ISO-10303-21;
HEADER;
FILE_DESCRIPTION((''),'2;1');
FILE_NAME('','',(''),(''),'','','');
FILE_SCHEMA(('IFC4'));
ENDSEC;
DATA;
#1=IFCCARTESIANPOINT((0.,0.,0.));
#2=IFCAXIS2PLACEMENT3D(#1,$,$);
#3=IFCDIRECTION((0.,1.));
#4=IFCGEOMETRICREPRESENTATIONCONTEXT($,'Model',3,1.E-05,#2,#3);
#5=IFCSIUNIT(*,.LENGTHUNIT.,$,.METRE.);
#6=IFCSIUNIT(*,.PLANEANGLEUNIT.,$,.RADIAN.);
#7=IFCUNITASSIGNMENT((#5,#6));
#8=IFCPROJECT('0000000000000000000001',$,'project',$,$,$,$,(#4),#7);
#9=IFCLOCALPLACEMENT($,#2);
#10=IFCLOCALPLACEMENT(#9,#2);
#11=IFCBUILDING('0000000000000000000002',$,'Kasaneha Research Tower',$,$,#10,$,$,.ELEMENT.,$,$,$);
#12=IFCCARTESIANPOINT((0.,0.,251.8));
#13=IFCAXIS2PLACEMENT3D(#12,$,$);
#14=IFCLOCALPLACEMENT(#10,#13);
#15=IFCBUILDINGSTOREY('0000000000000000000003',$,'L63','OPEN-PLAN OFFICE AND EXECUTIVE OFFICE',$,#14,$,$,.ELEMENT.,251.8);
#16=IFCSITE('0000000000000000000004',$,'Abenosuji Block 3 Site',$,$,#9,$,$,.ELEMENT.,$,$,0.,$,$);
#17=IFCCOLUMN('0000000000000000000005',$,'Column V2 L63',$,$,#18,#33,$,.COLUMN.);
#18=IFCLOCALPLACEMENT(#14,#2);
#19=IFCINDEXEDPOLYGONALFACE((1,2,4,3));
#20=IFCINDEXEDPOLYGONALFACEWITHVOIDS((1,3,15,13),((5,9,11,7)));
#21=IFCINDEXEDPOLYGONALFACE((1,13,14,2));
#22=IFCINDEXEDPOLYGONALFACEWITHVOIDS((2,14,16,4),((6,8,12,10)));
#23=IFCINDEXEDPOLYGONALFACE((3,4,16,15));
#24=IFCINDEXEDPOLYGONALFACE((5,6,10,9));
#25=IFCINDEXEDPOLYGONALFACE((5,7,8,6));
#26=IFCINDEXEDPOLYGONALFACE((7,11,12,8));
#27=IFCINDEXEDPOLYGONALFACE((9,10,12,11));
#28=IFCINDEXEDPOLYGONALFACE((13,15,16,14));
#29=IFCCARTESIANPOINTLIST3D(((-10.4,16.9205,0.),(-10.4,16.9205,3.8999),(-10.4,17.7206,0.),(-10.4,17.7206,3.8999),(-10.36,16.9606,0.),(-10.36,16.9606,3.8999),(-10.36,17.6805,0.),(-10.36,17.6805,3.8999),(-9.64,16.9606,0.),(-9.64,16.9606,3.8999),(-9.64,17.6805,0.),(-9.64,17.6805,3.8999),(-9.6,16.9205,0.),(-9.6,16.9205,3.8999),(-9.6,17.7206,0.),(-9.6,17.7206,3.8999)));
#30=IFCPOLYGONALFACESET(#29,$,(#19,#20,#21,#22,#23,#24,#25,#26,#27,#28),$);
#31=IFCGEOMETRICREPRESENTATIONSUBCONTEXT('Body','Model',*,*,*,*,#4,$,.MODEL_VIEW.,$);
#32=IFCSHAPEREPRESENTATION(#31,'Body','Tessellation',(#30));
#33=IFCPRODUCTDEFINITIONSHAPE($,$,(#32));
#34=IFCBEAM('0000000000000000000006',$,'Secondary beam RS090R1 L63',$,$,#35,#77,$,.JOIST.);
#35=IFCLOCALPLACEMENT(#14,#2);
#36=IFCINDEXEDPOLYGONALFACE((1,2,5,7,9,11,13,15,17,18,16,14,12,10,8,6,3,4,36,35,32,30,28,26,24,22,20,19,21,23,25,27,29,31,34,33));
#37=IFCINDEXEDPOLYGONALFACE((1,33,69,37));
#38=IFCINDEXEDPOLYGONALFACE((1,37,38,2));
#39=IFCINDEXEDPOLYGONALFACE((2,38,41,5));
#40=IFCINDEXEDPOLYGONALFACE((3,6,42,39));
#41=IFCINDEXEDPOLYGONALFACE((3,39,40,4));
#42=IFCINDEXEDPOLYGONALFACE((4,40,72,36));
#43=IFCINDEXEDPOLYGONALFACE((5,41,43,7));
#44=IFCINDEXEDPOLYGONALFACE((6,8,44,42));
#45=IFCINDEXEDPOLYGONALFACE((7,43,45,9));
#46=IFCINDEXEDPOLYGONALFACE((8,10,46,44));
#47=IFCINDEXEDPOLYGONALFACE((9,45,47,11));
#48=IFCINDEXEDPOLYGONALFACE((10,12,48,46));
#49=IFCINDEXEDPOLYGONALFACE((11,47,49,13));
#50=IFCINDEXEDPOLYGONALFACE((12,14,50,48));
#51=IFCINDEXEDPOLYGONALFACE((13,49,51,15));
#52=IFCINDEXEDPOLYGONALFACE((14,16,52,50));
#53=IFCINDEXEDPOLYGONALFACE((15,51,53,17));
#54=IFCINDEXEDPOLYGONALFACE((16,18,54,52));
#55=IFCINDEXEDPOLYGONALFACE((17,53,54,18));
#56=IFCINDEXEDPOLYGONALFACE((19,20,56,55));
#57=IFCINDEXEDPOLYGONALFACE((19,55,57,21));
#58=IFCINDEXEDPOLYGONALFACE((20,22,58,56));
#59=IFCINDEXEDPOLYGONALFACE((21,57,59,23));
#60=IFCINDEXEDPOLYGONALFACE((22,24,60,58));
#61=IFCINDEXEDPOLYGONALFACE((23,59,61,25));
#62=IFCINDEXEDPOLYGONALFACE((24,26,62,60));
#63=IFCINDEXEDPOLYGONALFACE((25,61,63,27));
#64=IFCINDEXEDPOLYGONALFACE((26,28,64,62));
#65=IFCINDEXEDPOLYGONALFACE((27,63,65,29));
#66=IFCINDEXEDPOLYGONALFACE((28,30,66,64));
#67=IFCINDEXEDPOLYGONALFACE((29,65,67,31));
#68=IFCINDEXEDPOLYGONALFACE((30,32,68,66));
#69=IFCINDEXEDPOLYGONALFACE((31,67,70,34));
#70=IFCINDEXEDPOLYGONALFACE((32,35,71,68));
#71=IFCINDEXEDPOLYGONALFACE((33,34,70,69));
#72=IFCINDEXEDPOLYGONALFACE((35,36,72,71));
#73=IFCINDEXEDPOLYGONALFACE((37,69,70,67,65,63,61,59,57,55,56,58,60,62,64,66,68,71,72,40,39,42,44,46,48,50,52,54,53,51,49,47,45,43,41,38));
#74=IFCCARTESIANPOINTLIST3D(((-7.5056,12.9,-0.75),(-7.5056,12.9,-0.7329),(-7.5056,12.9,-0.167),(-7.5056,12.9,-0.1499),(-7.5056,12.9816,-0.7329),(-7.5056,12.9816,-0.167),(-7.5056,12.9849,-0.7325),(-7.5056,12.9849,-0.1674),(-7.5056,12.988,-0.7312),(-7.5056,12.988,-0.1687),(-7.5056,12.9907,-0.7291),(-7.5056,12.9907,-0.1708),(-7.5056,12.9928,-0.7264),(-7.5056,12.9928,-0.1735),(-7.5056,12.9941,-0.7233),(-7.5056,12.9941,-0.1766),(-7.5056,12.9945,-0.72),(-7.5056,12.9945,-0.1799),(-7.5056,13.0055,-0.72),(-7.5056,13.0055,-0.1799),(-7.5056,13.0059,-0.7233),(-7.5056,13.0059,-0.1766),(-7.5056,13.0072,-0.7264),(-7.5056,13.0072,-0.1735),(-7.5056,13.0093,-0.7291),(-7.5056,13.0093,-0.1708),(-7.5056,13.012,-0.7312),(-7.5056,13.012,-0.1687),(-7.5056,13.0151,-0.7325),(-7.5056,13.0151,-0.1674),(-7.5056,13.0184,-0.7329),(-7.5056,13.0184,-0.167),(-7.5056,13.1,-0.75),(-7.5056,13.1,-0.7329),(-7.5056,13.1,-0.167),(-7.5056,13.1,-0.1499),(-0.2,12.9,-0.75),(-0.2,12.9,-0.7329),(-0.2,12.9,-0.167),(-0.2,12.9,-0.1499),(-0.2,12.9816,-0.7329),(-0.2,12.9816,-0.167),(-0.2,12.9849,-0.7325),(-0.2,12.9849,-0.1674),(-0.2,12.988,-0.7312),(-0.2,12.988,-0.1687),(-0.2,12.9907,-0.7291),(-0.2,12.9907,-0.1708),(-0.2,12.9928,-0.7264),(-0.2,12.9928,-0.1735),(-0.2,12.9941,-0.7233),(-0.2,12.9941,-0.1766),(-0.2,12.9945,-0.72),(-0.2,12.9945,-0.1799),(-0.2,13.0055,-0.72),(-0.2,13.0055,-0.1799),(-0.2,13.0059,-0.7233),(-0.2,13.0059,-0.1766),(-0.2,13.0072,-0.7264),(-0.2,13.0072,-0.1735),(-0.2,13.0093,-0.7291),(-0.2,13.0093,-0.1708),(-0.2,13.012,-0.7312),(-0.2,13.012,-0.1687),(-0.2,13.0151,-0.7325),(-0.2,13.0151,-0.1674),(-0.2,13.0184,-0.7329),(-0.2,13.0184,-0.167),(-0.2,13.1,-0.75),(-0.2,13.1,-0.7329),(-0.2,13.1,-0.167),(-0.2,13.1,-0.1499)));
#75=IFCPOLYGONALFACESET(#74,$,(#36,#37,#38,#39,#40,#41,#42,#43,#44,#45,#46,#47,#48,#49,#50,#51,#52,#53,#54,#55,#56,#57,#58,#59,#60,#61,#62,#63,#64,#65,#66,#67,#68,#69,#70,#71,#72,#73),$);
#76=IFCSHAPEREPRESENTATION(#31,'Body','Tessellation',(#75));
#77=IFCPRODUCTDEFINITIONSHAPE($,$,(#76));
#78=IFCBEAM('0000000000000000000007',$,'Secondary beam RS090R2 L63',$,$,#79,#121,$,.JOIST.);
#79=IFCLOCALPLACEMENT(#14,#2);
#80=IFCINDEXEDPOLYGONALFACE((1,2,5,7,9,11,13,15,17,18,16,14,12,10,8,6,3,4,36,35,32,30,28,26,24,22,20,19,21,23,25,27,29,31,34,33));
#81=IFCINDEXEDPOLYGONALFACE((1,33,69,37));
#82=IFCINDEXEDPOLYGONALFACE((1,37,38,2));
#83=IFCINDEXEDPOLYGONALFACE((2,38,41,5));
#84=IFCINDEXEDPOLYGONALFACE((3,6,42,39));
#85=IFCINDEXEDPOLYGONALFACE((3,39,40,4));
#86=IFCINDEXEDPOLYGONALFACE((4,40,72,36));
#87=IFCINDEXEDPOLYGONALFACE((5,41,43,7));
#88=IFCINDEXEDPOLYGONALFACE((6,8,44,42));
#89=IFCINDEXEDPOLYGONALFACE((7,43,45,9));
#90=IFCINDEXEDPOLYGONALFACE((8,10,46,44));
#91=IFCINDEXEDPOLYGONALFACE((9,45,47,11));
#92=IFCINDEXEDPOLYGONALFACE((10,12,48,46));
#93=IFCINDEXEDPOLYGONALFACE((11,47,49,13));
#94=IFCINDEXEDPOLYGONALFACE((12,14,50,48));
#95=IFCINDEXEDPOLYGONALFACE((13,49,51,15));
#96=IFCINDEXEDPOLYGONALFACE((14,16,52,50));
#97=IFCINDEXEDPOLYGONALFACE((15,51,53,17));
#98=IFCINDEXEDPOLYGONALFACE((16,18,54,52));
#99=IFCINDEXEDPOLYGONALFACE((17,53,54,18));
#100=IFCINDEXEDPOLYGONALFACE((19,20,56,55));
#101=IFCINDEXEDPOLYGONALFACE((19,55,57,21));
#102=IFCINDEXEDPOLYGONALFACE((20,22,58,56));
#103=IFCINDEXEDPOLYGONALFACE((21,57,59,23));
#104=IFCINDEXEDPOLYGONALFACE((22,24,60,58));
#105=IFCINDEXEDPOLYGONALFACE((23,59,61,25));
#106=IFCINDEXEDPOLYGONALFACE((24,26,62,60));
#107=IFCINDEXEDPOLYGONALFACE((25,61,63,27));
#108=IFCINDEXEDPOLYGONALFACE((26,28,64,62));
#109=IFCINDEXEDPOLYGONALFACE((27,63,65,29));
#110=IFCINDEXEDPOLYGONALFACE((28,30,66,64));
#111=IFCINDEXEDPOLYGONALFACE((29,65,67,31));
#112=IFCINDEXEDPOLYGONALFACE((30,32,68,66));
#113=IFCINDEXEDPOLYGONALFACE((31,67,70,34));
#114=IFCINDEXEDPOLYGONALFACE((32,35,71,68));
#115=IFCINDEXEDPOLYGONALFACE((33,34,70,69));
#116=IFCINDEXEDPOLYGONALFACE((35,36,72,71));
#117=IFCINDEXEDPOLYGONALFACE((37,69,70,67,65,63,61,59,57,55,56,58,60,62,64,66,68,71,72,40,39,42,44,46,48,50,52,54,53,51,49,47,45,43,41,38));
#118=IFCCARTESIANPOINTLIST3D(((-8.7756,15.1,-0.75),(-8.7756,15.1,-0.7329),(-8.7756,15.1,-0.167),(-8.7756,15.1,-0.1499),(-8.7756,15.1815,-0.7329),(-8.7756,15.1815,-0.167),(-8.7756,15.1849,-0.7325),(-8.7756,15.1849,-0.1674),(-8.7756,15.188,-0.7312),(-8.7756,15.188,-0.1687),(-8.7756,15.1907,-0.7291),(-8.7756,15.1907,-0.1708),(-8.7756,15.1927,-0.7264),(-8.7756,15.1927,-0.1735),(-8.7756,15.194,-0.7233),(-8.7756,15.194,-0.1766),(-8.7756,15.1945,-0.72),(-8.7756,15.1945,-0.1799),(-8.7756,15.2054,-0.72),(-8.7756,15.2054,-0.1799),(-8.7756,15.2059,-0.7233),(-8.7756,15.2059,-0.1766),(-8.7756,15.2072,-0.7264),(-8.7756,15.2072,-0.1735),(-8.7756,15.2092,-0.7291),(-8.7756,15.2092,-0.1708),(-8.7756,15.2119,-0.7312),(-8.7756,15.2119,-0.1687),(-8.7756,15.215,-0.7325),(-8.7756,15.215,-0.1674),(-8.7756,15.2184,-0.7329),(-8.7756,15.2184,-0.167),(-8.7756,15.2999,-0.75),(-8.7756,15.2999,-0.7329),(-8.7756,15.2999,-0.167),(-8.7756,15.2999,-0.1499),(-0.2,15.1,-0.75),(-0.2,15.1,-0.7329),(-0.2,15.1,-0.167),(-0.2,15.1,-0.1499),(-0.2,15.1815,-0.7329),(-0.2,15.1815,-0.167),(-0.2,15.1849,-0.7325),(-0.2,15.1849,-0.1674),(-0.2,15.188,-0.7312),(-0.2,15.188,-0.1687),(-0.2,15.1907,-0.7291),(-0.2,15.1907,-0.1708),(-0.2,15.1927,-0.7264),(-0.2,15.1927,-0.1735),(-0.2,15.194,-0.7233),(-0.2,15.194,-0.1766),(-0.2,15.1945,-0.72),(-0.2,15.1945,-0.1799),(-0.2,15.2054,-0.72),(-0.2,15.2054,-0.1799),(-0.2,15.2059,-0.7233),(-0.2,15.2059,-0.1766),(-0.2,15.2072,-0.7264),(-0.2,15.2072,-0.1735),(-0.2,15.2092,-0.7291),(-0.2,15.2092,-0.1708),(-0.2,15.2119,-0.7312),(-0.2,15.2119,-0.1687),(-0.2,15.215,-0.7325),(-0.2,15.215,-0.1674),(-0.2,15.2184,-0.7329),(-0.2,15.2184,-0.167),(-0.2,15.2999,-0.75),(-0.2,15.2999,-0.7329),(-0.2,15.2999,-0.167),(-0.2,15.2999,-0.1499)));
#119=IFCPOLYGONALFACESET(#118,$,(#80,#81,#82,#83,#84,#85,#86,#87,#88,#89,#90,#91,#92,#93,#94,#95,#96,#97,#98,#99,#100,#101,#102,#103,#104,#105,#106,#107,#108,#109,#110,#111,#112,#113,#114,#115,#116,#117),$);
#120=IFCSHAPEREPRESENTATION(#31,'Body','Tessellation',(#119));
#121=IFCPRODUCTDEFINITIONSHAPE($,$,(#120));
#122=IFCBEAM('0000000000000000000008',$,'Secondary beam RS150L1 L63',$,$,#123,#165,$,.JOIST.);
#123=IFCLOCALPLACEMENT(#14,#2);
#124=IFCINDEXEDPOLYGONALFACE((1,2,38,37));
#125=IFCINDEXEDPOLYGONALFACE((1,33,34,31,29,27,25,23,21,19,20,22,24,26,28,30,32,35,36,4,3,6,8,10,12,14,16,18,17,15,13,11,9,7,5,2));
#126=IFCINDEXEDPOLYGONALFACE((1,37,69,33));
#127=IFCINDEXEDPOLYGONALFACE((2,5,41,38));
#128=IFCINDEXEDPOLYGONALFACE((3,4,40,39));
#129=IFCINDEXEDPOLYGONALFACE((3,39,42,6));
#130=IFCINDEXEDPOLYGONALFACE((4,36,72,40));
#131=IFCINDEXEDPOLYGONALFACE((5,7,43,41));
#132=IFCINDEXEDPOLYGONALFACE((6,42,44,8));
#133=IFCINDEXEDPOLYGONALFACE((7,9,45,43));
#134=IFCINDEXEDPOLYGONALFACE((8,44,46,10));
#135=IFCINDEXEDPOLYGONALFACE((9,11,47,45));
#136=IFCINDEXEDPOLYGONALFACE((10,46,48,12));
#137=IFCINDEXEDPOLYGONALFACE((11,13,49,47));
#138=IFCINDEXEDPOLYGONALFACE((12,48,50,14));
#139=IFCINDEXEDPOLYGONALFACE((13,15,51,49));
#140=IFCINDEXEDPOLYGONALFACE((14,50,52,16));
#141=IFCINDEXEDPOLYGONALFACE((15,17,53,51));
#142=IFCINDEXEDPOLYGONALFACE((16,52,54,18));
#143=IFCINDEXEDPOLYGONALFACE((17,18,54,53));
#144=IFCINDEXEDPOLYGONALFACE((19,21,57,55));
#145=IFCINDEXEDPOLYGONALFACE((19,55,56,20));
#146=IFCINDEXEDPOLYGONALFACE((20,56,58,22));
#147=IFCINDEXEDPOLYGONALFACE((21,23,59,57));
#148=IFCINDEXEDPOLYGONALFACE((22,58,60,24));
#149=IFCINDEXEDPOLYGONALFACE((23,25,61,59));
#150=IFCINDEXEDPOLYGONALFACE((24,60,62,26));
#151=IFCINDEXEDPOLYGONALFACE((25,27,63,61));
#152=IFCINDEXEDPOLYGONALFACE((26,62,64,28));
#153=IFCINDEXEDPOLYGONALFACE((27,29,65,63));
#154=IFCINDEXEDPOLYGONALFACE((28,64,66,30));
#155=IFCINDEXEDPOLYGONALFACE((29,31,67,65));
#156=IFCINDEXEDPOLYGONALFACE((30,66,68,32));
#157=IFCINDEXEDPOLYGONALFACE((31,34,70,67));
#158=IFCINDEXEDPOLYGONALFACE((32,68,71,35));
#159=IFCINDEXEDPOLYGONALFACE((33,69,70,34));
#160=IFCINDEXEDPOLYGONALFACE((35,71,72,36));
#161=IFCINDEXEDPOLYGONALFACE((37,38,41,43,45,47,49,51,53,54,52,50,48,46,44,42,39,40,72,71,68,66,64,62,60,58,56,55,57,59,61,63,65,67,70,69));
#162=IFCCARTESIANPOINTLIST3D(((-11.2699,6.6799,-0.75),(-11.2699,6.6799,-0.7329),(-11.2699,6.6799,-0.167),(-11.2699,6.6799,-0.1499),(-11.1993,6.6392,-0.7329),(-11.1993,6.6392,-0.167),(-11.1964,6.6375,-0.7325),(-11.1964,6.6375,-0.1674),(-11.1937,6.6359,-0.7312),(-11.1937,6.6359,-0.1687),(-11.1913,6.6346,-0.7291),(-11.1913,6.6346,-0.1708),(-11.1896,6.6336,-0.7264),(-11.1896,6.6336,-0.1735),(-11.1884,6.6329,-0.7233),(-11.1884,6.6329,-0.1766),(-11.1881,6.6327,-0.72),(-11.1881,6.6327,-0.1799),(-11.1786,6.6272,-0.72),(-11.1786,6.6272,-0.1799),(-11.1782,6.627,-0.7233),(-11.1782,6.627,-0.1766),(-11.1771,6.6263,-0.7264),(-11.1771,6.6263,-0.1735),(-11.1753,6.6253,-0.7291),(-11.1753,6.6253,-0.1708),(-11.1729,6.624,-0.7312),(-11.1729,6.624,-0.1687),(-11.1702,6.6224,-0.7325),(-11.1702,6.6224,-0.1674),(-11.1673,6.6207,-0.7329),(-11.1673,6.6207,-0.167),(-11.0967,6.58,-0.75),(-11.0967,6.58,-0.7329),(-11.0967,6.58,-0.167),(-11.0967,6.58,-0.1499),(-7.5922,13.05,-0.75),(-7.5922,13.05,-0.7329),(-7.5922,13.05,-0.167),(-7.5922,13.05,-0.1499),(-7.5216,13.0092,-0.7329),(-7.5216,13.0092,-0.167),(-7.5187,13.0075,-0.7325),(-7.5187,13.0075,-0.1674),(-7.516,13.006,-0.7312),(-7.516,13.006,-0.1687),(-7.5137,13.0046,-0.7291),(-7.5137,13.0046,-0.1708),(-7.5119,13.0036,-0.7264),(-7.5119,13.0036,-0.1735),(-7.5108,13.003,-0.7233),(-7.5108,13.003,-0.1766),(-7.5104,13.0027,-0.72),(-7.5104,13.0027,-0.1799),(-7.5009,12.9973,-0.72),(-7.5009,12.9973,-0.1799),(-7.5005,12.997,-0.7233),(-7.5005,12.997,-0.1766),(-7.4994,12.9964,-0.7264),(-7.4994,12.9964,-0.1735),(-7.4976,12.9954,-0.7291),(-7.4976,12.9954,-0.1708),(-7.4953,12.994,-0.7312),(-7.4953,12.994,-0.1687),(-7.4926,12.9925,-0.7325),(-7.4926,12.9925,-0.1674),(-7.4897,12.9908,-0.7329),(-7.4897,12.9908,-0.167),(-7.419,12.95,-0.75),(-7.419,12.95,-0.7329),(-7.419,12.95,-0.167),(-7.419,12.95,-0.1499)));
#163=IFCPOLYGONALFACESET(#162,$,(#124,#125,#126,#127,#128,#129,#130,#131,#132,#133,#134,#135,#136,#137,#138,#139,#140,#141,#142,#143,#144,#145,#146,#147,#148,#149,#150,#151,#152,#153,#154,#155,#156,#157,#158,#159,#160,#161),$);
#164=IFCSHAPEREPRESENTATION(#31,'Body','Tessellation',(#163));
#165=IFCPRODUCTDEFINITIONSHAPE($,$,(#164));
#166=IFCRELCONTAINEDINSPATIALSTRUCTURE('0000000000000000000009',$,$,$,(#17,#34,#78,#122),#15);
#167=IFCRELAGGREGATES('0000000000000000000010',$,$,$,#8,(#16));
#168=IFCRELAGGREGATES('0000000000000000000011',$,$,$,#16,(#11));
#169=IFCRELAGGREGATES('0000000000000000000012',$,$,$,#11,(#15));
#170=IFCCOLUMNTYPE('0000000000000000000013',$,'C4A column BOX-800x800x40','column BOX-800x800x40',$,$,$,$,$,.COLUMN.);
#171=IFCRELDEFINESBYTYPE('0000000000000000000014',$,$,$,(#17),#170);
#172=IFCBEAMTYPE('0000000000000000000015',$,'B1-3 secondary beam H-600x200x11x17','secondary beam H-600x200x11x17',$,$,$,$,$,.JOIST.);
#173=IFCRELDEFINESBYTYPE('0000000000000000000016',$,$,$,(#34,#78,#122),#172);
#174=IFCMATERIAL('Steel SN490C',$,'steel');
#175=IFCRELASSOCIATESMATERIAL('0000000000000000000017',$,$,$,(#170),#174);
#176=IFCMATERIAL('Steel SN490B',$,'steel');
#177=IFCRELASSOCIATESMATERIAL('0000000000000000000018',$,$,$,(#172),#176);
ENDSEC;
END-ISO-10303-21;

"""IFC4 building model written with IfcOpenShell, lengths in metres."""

from ifc_helpers import new_model, si_unit, direction, frame, origin, origin_2d, place, context, subcontext, project, spatial, hollow_rectangle, i_section, extrude, material, material_profile, profile_set, type_object, element, save


model = new_model("IFC4")

# Units and contexts
model_context = context("Model", 3, precision=1e-05, world=origin(), true_north=direction((0.0, 1.0)))
body_context = subcontext(model_context, "Body", "Model", "MODEL_VIEW")
ifc_project = project(units=[si_unit("LENGTHUNIT", "METRE"), si_unit("PLANEANGLEUNIT", "RADIAN")], contexts=[model_context])

# Site, building, storey
site_placement = place(None, origin())
site = spatial("IfcSite", under=ifc_project, at=site_placement, Name="Abenosuji Block 3 Site", CompositionType="ELEMENT", RefElevation=0.0)
building_placement = place(site_placement, origin())
building = spatial("IfcBuilding", under=site, at=building_placement, Name="Kasaneha Research Tower", CompositionType="ELEMENT")
storey_placement = place(building_placement, frame((0.0, 0.0, 251.8)))
storey = spatial("IfcBuildingStorey", under=building, at=storey_placement, Name="L63", Description="OPEN-PLAN OFFICE AND EXECUTIVE OFFICE", CompositionType="ELEMENT", Elevation=251.8)

# Column
ifc_material_1 = material(Name="Steel SN490C", Category="steel")
ifc_material_profile_1 = material_profile(ifc_material_1, hollow_rectangle(XDim=0.8, YDim=0.8, WallThickness=0.04, at=origin_2d()), Name="BOX-800x800x40")
ifc_profile_set_1 = profile_set([ifc_material_profile_1], Name="Steel SN490C")
column_type = type_object("IfcColumnType", Name="C4A column BOX-800x800x40", Description="column BOX-800x800x40", PredefinedType="COLUMN", material=ifc_profile_set_1)
column_placement = place(storey_placement, frame((-10.0, 17.3206, 0.0), z_axis=(0.0, 0.0, 1.0), x_axis=(1.0, 0.0, 0.0)))
element("IfcColumn", 1, at=column_placement, inside=storey, type_object=column_type, Name="Column V2 L63", PredefinedType="COLUMN", context=body_context, shape_type="SweptSolid", body=[
    extrude(hollow_rectangle(XDim=0.8, YDim=0.8, WallThickness=0.04, at=origin_2d()), origin(), (0.0, 0.0, 1.0), 3.8999),
])

# Beams
ifc_material_2 = material(Name="Steel SN490B", Category="steel")
ifc_material_profile_2 = material_profile(ifc_material_2, i_section(OverallWidth=0.2, OverallDepth=0.6001, WebThickness=0.011, FlangeThickness=0.0171, FilletRadius=0.0129, at=origin_2d()), Name="H-600x200x11x17")
ifc_profile_set_2 = profile_set([ifc_material_profile_2], Name="Steel SN490B")
beam_type_1 = type_object("IfcBeamType", Name="B1-3 secondary beam H-600x200x11x17", Description="secondary beam H-600x200x11x17", PredefinedType="JOIST", material=ifc_profile_set_2)
beam_1_placement = place(storey_placement, frame((-7.5056, 13.0, -0.45), z_axis=(1.0, 0.0, 0.0), x_axis=(0.0, 1.0, 0.0)))
element("IfcBeam", 2, at=beam_1_placement, inside=storey, type_object=beam_type_1, Name="Secondary beam RS090R1 L63", PredefinedType="JOIST", context=body_context, shape_type="SweptSolid", body=[
    extrude(i_section(OverallWidth=0.2, OverallDepth=0.6001, WebThickness=0.011, FlangeThickness=0.0171, FilletRadius=0.0129, at=origin_2d()), origin(), (0.0, 0.0, 1.0), 7.3057),
])
beam_2_placement = place(storey_placement, frame((-8.7756, 15.2, -0.45), z_axis=(1.0, 0.0, 0.0), x_axis=(0.0, 1.0, 0.0)))
element("IfcBeam", 3, at=beam_2_placement, inside=storey, type_object=beam_type_1, Name="Secondary beam RS090R2 L63", PredefinedType="JOIST", context=body_context, shape_type="SweptSolid", body=[
    extrude(i_section(OverallWidth=0.2, OverallDepth=0.6001, WebThickness=0.011, FlangeThickness=0.0171, FilletRadius=0.0129, at=origin_2d()), origin(), (0.0, 0.0, 1.0), 8.5757),
])
beam_3_placement = place(storey_placement, frame((-7.5056, 13.0, -0.45), z_axis=(-0.499994, -0.866029, 0.0), x_axis=(0.866029, -0.499994, 0.0)))
element("IfcBeam", 4, at=beam_3_placement, inside=storey, type_object=beam_type_1, Name="Secondary beam RS150L1 L63", PredefinedType="JOIST", context=body_context, shape_type="SweptSolid", body=[
    extrude(i_section(OverallWidth=0.2, OverallDepth=0.6001, WebThickness=0.011, FlangeThickness=0.0171, FilletRadius=0.0129, at=origin_2d()), origin(), (0.0, 0.0, 1.0), 7.3555),
])

save(model, "model.ifc")
